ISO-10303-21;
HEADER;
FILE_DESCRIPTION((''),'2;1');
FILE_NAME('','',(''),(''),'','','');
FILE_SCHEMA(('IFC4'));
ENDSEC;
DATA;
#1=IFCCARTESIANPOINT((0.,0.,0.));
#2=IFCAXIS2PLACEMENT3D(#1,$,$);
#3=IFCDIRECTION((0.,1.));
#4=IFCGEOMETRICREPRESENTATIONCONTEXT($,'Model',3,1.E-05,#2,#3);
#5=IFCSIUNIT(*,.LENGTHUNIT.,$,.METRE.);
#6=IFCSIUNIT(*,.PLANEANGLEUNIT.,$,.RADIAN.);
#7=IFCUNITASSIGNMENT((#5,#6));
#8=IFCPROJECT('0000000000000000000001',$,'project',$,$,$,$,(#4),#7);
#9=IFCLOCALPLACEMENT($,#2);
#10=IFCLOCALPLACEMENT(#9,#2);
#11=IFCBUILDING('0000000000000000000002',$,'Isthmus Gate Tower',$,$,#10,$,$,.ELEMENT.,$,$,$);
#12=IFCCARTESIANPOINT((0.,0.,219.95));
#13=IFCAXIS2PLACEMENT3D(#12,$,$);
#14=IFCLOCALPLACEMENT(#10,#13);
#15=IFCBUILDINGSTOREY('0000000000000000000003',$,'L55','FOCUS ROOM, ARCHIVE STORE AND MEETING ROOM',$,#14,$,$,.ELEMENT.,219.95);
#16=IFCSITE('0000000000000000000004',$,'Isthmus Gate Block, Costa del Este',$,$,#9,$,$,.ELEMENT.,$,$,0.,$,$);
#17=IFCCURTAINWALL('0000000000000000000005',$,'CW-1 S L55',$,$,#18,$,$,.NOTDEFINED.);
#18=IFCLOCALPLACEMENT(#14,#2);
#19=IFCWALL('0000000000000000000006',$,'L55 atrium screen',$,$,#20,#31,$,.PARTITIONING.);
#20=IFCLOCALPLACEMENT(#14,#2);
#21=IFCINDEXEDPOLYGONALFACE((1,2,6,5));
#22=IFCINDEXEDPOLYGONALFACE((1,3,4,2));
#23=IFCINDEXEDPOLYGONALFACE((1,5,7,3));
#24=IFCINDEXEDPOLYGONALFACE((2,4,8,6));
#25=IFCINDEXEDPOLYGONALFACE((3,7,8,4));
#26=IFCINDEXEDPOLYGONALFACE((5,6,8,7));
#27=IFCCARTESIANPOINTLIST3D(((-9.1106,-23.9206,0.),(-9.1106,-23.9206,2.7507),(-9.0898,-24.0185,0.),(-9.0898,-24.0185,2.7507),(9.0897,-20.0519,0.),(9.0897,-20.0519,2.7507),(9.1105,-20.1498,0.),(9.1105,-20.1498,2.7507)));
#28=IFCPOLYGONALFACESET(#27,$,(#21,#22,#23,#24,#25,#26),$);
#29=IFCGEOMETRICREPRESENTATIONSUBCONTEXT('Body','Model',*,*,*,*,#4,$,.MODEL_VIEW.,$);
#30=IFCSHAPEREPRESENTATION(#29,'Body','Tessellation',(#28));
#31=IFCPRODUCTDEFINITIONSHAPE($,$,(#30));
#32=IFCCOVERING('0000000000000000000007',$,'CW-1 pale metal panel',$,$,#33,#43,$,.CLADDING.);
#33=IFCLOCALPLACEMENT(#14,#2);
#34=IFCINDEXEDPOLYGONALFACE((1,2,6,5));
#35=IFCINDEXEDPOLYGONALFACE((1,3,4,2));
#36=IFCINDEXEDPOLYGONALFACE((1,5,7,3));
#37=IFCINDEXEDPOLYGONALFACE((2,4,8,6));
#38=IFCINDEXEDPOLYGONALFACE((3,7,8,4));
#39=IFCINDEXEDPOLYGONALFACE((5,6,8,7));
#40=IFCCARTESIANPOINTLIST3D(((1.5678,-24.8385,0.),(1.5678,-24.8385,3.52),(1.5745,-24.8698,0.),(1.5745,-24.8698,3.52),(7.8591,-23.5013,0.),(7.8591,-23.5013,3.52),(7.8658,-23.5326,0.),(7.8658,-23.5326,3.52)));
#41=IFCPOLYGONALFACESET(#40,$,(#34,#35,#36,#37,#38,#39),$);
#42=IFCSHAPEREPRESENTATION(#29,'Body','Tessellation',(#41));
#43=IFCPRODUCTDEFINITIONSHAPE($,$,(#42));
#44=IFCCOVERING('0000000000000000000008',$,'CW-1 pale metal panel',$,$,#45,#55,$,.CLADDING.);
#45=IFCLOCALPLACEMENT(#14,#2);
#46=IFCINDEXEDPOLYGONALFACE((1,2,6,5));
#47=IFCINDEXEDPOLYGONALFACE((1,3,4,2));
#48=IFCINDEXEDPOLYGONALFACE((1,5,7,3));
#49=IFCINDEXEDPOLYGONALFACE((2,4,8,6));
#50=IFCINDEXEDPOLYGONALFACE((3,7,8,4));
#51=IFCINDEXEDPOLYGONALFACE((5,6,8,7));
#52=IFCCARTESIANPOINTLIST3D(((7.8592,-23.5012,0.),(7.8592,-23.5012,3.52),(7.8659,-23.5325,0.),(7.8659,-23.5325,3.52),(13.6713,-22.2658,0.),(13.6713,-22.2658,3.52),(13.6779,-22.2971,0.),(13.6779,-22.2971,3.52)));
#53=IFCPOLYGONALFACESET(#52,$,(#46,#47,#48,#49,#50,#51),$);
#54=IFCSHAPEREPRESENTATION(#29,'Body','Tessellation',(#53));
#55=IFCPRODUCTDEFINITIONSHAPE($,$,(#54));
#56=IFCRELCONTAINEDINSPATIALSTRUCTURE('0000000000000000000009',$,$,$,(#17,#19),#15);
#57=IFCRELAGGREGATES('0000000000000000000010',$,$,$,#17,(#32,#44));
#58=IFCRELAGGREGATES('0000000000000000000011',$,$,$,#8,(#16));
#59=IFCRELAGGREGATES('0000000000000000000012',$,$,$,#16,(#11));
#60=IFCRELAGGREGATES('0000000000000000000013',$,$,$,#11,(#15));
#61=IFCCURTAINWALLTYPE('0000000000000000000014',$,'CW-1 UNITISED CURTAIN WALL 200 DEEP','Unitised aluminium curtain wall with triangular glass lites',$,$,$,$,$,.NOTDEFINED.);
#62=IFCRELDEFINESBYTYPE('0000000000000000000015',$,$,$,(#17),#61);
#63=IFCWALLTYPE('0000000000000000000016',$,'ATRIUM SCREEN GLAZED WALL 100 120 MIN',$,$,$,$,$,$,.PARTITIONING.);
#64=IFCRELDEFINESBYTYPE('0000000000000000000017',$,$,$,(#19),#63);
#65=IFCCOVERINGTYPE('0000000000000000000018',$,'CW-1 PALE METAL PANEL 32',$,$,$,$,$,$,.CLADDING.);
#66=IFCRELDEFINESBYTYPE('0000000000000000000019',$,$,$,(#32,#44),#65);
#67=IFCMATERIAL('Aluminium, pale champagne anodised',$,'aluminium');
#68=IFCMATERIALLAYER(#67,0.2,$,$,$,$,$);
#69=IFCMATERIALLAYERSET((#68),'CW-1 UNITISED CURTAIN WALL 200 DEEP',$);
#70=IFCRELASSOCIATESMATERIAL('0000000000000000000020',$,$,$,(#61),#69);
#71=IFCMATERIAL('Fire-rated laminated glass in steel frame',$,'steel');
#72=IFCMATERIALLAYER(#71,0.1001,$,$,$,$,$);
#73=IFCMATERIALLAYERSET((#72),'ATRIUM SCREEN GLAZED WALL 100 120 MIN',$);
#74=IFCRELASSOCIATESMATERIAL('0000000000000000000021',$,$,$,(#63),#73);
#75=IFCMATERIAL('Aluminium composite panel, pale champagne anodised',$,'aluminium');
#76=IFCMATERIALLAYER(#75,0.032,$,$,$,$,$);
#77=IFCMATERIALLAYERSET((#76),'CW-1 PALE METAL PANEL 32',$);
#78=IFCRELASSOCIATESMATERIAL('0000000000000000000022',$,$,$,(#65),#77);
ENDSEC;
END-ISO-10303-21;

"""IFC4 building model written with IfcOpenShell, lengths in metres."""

from ifc_helpers import new_model, si_unit, direction, frame, frame_2d, origin, origin_2d, place, context, subcontext, project, spatial, rectangle, extrude, material, layer, layer_set, type_object, element, aggregate, save


model = new_model("IFC4")

# Units and contexts
model_context = context("Model", 3, precision=1e-05, world=origin(), true_north=direction((0.0, 1.0)))
body_context = subcontext(model_context, "Body", "Model", "MODEL_VIEW")
ifc_project = project(units=[si_unit("LENGTHUNIT", "METRE"), si_unit("PLANEANGLEUNIT", "RADIAN")], contexts=[model_context])

# Site, building, storey
site_placement = place(None, origin())
site = spatial("IfcSite", under=ifc_project, at=site_placement, Name="Isthmus Gate Block, Costa del Este", CompositionType="ELEMENT", RefElevation=0.0)
building_placement = place(site_placement, origin())
building = spatial("IfcBuilding", under=site, at=building_placement, Name="Isthmus Gate Tower", CompositionType="ELEMENT")
storey_placement = place(building_placement, frame((0.0, 0.0, 219.95)))
storey = spatial("IfcBuildingStorey", under=building, at=storey_placement, Name="L55", Description="FOCUS ROOM, ARCHIVE STORE AND MEETING ROOM", CompositionType="ELEMENT", Elevation=219.95)

# Curtain wall
ifc_material_1 = material(Name="Aluminium, pale champagne anodised", Category="aluminium")
ifc_layer_1 = layer(ifc_material_1, 0.2)
ifc_layer_set_1 = layer_set([ifc_layer_1], Name="CW-1 UNITISED CURTAIN WALL 200 DEEP")
curtain_wall_type = type_object("IfcCurtainWallType", Name="CW-1 UNITISED CURTAIN WALL 200 DEEP", Description="Unitised aluminium curtain wall with triangular glass lites", PredefinedType="NOTDEFINED", material=ifc_layer_set_1)
curtain_wall_placement = place(storey_placement, origin())
curtain_wall = element("IfcCurtainWall", 1, at=curtain_wall_placement, inside=storey, type_object=curtain_wall_type, Name="CW-1 S L55", PredefinedType="NOTDEFINED")

# Wall
ifc_material_2 = material(Name="Fire-rated laminated glass in steel frame", Category="steel")
ifc_layer_2 = layer(ifc_material_2, 0.1001)
ifc_layer_set_2 = layer_set([ifc_layer_2], Name="ATRIUM SCREEN GLAZED WALL 100 120 MIN")
wall_type = type_object("IfcWallType", Name="ATRIUM SCREEN GLAZED WALL 100 120 MIN", PredefinedType="PARTITIONING", material=ifc_layer_set_2)
wall_placement = place(storey_placement, frame((9.1001, -20.1008, 0.0), z_axis=(0.0, 0.0, 1.0), x_axis=(-0.978147, -0.207916, 0.0)))
element("IfcWall", 2, at=wall_placement, inside=storey, type_object=wall_type, Name="L55 atrium screen", PredefinedType="PARTITIONING", context=body_context, shape_type="SweptSolid", body=[
    extrude(rectangle(XDim=18.6069, YDim=0.1001, at=frame_2d((9.3035, 0.0))), origin(), (0.0, 0.0, 1.0), 2.7507),
])

# Coverings
ifc_material_3 = material(Name="Aluminium composite panel, pale champagne anodised", Category="aluminium")
ifc_layer_3 = layer(ifc_material_3, 0.032)
ifc_layer_set_3 = layer_set([ifc_layer_3], Name="CW-1 PALE METAL PANEL 32")
covering_type = type_object("IfcCoveringType", Name="CW-1 PALE METAL PANEL 32", PredefinedType="CLADDING", material=ifc_layer_set_3)
covering_1_placement = place(storey_placement, frame((4.7168, -24.1855, 0.0), z_axis=(0.0, 0.0, 1.0), x_axis=(0.978148, 0.207912, 0.0)))
covering_1 = element("IfcCovering", 3, at=covering_1_placement, type_object=covering_type, Name="CW-1 pale metal panel", PredefinedType="CLADDING", context=body_context, shape_type="SweptSolid", body=[
    extrude(rectangle(XDim=6.4319, YDim=0.032, at=origin_2d()), origin(), (0.0, 0.0, 1.0), 3.52),
])
covering_2_placement = place(storey_placement, frame((10.7686, -22.8992, 0.0), z_axis=(0.0, 0.0, 1.0), x_axis=(0.978148, 0.207912, 0.0)))
covering_2 = element("IfcCovering", 4, at=covering_2_placement, type_object=covering_type, Name="CW-1 pale metal panel", PredefinedType="CLADDING", context=body_context, shape_type="SweptSolid", body=[
    extrude(rectangle(XDim=5.9419, YDim=0.032, at=origin_2d()), origin(), (0.0, 0.0, 1.0), 3.52),
])
aggregate(curtain_wall, [covering_1, covering_2])

save(model, "model.ifc")
